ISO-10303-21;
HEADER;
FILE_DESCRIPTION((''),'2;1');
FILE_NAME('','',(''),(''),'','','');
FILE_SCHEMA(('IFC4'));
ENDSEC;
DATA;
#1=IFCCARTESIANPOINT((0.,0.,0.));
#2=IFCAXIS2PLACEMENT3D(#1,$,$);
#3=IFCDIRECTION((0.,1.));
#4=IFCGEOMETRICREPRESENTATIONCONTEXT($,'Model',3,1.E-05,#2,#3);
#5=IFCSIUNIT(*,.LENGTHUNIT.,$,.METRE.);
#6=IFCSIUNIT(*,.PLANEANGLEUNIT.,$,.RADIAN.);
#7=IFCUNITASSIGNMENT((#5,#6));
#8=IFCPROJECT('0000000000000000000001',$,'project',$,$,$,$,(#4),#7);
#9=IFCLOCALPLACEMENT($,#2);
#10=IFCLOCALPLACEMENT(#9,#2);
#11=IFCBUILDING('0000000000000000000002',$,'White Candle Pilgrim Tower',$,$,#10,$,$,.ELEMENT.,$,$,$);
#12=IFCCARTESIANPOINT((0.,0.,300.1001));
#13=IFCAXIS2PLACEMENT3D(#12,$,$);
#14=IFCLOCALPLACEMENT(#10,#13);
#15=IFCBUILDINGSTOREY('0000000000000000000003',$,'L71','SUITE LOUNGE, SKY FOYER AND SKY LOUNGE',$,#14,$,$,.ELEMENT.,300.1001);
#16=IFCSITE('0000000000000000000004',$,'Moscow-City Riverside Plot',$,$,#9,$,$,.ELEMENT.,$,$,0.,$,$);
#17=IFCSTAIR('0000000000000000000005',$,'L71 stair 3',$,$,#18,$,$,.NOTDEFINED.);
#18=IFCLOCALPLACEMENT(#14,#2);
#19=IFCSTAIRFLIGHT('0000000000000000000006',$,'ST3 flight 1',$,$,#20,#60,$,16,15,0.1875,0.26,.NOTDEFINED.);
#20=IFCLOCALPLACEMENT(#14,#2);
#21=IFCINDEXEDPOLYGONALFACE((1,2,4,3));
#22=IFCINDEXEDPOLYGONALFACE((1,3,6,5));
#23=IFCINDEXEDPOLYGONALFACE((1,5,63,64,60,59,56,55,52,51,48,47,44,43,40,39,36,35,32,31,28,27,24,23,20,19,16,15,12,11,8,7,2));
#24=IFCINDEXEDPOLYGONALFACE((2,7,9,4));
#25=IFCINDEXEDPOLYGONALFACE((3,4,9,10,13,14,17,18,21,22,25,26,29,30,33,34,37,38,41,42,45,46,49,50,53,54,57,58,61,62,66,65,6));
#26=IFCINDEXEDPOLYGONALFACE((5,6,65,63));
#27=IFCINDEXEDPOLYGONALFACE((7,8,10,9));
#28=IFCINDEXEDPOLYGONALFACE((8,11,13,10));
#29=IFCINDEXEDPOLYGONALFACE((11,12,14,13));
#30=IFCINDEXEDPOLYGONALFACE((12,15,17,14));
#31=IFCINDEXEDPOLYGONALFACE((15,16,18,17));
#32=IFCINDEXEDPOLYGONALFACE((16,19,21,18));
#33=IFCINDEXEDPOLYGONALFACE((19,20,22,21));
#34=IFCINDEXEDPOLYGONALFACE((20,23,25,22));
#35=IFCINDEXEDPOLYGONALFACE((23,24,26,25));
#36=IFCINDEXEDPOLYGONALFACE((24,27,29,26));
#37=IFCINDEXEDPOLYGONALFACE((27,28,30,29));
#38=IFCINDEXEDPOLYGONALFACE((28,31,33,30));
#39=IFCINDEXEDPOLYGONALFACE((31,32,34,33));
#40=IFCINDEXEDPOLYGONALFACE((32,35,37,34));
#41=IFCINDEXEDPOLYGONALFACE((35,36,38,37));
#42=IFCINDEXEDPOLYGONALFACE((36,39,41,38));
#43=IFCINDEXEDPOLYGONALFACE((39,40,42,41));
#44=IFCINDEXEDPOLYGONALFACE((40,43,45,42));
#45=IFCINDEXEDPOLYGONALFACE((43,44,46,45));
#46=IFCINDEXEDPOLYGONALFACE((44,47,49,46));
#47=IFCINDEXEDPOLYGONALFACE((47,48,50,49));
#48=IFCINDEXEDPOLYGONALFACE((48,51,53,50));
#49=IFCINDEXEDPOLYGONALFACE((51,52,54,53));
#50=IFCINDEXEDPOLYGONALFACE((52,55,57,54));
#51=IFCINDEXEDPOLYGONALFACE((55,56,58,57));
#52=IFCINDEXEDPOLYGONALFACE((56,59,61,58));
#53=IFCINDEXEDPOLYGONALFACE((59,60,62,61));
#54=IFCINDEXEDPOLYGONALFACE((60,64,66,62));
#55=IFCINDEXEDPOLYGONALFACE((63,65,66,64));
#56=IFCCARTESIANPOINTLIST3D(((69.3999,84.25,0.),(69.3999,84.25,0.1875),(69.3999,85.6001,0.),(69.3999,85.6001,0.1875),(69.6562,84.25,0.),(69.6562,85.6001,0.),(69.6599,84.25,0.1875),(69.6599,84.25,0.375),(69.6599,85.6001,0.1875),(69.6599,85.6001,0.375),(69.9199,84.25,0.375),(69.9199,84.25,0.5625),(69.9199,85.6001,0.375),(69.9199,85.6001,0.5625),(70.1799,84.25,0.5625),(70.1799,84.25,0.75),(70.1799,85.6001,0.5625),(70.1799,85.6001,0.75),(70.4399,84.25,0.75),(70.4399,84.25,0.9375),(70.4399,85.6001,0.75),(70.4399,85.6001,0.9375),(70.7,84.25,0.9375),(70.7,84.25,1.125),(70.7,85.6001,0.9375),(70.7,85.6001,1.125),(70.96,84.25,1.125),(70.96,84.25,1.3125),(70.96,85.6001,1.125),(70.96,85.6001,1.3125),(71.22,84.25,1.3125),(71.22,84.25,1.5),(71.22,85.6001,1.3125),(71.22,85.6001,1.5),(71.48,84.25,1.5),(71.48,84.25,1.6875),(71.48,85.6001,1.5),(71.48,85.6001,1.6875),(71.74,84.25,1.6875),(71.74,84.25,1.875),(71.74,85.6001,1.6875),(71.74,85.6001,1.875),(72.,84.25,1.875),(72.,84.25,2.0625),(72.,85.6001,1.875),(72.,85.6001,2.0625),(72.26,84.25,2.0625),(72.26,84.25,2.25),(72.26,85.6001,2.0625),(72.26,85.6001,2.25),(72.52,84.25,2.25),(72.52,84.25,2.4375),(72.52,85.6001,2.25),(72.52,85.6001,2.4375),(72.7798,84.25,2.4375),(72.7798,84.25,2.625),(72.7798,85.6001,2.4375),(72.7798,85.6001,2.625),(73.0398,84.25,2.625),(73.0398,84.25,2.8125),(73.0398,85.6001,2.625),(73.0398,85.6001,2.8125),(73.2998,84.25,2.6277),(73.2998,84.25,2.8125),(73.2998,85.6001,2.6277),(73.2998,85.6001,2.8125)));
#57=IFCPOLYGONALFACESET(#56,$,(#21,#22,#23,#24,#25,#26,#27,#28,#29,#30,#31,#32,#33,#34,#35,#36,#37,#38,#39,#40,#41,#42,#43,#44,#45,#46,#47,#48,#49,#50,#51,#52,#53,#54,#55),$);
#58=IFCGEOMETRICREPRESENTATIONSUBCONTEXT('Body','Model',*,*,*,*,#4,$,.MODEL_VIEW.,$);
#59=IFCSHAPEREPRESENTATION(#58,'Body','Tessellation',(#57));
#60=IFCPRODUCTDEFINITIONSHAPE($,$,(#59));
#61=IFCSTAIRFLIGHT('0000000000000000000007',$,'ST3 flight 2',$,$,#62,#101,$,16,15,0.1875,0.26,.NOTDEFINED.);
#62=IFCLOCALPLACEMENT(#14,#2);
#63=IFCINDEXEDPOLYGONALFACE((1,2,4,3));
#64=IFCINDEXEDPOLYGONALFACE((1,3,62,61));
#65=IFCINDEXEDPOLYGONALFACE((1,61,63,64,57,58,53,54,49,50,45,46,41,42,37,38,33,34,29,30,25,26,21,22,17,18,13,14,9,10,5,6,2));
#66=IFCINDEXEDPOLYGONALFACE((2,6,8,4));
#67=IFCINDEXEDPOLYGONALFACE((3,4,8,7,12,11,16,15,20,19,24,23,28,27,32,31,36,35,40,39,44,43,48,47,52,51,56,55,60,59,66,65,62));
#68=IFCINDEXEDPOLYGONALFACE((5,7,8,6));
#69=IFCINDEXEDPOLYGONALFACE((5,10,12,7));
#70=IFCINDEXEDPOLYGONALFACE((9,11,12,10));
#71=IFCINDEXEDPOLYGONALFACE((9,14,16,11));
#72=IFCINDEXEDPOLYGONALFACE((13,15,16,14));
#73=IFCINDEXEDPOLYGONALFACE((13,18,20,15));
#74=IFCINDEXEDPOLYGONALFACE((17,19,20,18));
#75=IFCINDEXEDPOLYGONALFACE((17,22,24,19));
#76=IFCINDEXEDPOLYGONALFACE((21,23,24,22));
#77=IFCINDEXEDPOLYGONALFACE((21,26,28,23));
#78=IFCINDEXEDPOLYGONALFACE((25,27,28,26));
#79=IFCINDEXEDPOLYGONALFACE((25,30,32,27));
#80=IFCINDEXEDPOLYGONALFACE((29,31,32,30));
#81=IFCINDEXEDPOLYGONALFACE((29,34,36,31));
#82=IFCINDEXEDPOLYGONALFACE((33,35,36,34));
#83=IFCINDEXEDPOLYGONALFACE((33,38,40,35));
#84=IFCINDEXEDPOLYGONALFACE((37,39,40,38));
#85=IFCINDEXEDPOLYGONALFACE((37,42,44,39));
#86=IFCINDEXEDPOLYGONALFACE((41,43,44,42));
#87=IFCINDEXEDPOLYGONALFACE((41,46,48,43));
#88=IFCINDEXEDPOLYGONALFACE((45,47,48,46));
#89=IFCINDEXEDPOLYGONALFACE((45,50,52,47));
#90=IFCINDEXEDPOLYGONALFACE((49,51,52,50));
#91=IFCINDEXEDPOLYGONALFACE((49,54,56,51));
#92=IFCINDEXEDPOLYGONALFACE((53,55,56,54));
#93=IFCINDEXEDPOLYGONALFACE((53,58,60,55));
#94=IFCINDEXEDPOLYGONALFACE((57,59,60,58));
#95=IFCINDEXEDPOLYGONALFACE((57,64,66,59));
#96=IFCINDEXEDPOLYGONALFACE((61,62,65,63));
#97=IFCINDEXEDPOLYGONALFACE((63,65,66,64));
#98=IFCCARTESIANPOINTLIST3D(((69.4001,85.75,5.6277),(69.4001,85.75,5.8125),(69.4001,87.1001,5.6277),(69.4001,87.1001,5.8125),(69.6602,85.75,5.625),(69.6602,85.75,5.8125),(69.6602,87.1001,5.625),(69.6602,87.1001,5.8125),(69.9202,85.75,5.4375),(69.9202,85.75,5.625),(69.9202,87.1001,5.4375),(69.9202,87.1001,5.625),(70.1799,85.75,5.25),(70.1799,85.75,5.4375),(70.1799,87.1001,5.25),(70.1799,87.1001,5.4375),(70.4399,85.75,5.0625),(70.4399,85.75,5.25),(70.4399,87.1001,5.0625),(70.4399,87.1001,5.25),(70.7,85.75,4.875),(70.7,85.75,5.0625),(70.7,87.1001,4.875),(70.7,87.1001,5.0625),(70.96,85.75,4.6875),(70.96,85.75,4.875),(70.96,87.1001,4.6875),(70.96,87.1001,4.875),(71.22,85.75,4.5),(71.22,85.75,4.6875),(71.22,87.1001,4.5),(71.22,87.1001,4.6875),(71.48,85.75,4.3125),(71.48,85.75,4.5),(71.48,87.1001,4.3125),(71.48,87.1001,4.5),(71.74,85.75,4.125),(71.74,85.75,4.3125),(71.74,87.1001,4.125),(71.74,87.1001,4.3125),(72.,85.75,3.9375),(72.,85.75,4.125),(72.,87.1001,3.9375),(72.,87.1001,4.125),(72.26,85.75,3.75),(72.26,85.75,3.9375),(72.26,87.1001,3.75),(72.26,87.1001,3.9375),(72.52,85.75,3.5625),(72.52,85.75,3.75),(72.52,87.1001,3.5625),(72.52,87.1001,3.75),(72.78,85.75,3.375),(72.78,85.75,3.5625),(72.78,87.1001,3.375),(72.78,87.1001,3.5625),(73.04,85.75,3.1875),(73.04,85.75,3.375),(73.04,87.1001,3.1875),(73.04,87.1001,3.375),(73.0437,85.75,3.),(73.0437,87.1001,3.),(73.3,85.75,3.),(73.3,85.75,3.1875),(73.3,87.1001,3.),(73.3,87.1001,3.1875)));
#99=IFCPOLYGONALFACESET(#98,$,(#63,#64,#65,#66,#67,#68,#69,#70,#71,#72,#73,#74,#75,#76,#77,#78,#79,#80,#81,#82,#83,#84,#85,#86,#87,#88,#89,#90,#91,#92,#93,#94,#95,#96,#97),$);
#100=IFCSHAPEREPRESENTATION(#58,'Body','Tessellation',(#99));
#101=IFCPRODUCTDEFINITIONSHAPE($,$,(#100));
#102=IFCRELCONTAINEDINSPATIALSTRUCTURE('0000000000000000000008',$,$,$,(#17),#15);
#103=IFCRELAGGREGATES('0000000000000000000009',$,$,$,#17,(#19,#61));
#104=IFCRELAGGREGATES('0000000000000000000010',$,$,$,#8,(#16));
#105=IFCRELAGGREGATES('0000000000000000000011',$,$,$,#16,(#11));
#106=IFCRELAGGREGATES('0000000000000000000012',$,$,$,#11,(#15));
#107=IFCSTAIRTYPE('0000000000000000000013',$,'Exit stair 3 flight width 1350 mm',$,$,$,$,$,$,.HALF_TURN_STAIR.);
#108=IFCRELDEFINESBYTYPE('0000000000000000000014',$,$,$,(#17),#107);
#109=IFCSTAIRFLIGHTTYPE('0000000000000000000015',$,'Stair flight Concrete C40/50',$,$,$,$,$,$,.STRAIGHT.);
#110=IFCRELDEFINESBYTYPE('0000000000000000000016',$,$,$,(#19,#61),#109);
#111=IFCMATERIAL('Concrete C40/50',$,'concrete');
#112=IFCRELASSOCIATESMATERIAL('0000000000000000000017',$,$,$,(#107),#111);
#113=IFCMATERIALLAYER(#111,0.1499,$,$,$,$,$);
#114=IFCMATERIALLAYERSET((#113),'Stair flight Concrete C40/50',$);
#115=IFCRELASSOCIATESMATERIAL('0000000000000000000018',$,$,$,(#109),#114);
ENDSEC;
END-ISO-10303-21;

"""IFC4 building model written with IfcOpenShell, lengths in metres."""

from ifc_helpers import new_model, si_unit, direction, frame, origin, place, context, subcontext, project, spatial, polyline, outline, extrude, material, layer, layer_set, type_object, element, aggregate, save


model = new_model("IFC4")

# Units and contexts
model_context = context("Model", 3, precision=1e-05, world=origin(), true_north=direction((0.0, 1.0)))
body_context = subcontext(model_context, "Body", "Model", "MODEL_VIEW")
ifc_project = project(units=[si_unit("LENGTHUNIT", "METRE"), si_unit("PLANEANGLEUNIT", "RADIAN")], contexts=[model_context])

# Site, building, storey
site_placement = place(None, origin())
site = spatial("IfcSite", under=ifc_project, at=site_placement, Name="Moscow-City Riverside Plot", CompositionType="ELEMENT", RefElevation=0.0)
building_placement = place(site_placement, origin())
building = spatial("IfcBuilding", under=site, at=building_placement, Name="White Candle Pilgrim Tower", CompositionType="ELEMENT")
storey_placement = place(building_placement, frame((0.0, 0.0, 300.1001)))
storey = spatial("IfcBuildingStorey", under=building, at=storey_placement, Name="L71", Description="SUITE LOUNGE, SKY FOYER AND SKY LOUNGE", CompositionType="ELEMENT", Elevation=300.1001)

# Shared definitions
ifc_material_1 = material(Name="Concrete C40/50", Category="concrete")

# Stair, stair flights
stair_type = type_object("IfcStairType", Name="Exit stair 3 flight width 1350 mm", PredefinedType="HALF_TURN_STAIR", material=ifc_material_1)
stair_placement = place(storey_placement, origin())
stair = element("IfcStair", 1, at=stair_placement, inside=storey, type_object=stair_type, Name="L71 stair 3", PredefinedType="NOTDEFINED")
ifc_layer_1 = layer(ifc_material_1, 0.1499)
ifc_layer_set_1 = layer_set([ifc_layer_1], Name="Stair flight Concrete C40/50")
stair_flight_type = type_object("IfcStairFlightType", Name="Stair flight Concrete C40/50", PredefinedType="STRAIGHT", material=ifc_layer_set_1)
stair_flight_1_placement = place(storey_placement, frame((69.3999, 84.925, 0.0), z_axis=(0.0, 0.0, 1.0), x_axis=(1.0, 0.0, 0.0)))
stair_flight_1 = element("IfcStairFlight", 2, at=stair_flight_1_placement, type_object=stair_flight_type, Name="ST3 flight 1", NumberOfRisers=16, NumberOfTreads=15, PredefinedType="NOTDEFINED", RiserHeight=0.1875, TreadLength=0.26, context=body_context, shape_type="SweptSolid", body=[
    extrude(outline(polyline([(0.0, 0.0), (0.0, 0.1875), (0.26, 0.1875), (0.26, 0.375), (0.52, 0.375), (0.52, 0.5625), (0.78, 0.5625), (0.78, 0.75), (1.04, 0.75), (1.04, 0.9375), (1.3, 0.9375), (1.3, 1.125), (1.5601, 1.125), (1.5601, 1.3125), (1.8201, 1.3125), (1.8201, 1.5), (2.0801, 1.5), (2.0801, 1.6875), (2.3401, 1.6875), (2.3401, 1.875), (2.6001, 1.875), (2.6001, 2.0625), (2.8601, 2.0625), (2.8601, 2.25), (3.1201, 2.25), (3.1201, 2.4375), (3.3799, 2.4375), (3.3799, 2.625), (3.6399, 2.625), (3.6399, 2.8125), (3.8999, 2.8125), (3.8999, 3.0), (3.8999, 2.6277), (0.2563, 0.0), (0.0, 0.0)])), frame((0.0, 0.675, 0.0), z_axis=(0.0, -1.0, 0.0), x_axis=(1.0, 0.0, 0.0)), (0.0, 0.0, 1.0), 1.3501),
])
stair_flight_2_placement = place(storey_placement, frame((73.3, 86.425, 3.0), z_axis=(0.0, 0.0, 1.0), x_axis=(-1.0, 0.0, 0.0)))
stair_flight_2 = element("IfcStairFlight", 3, at=stair_flight_2_placement, type_object=stair_flight_type, Name="ST3 flight 2", NumberOfRisers=16, NumberOfTreads=15, PredefinedType="NOTDEFINED", RiserHeight=0.1875, TreadLength=0.26, context=body_context, shape_type="SweptSolid", body=[
    extrude(outline(polyline([(0.0, 0.0), (0.0, 0.1875), (0.26, 0.1875), (0.26, 0.375), (0.52, 0.375), (0.52, 0.5625), (0.78, 0.5625), (0.78, 0.75), (1.04, 0.75), (1.04, 0.9375), (1.3, 0.9375), (1.3, 1.125), (1.5601, 1.125), (1.5601, 1.3125), (1.8201, 1.3125), (1.8201, 1.5), (2.0801, 1.5), (2.0801, 1.6875), (2.3401, 1.6875), (2.3401, 1.875), (2.6001, 1.875), (2.6001, 2.0625), (2.8601, 2.0625), (2.8601, 2.25), (3.1201, 2.25), (3.1201, 2.4375), (3.3799, 2.4375), (3.3799, 2.625), (3.6399, 2.625), (3.6399, 2.8125), (3.8999, 2.8125), (3.8999, 3.0), (3.8999, 2.6277), (0.2563, 0.0), (0.0, 0.0)])), frame((0.0, 0.675, 0.0), z_axis=(0.0, -1.0, 0.0), x_axis=(1.0, 0.0, 0.0)), (0.0, 0.0, 1.0), 1.3501),
])
aggregate(stair, [stair_flight_1, stair_flight_2])

save(model, "model.ifc")
